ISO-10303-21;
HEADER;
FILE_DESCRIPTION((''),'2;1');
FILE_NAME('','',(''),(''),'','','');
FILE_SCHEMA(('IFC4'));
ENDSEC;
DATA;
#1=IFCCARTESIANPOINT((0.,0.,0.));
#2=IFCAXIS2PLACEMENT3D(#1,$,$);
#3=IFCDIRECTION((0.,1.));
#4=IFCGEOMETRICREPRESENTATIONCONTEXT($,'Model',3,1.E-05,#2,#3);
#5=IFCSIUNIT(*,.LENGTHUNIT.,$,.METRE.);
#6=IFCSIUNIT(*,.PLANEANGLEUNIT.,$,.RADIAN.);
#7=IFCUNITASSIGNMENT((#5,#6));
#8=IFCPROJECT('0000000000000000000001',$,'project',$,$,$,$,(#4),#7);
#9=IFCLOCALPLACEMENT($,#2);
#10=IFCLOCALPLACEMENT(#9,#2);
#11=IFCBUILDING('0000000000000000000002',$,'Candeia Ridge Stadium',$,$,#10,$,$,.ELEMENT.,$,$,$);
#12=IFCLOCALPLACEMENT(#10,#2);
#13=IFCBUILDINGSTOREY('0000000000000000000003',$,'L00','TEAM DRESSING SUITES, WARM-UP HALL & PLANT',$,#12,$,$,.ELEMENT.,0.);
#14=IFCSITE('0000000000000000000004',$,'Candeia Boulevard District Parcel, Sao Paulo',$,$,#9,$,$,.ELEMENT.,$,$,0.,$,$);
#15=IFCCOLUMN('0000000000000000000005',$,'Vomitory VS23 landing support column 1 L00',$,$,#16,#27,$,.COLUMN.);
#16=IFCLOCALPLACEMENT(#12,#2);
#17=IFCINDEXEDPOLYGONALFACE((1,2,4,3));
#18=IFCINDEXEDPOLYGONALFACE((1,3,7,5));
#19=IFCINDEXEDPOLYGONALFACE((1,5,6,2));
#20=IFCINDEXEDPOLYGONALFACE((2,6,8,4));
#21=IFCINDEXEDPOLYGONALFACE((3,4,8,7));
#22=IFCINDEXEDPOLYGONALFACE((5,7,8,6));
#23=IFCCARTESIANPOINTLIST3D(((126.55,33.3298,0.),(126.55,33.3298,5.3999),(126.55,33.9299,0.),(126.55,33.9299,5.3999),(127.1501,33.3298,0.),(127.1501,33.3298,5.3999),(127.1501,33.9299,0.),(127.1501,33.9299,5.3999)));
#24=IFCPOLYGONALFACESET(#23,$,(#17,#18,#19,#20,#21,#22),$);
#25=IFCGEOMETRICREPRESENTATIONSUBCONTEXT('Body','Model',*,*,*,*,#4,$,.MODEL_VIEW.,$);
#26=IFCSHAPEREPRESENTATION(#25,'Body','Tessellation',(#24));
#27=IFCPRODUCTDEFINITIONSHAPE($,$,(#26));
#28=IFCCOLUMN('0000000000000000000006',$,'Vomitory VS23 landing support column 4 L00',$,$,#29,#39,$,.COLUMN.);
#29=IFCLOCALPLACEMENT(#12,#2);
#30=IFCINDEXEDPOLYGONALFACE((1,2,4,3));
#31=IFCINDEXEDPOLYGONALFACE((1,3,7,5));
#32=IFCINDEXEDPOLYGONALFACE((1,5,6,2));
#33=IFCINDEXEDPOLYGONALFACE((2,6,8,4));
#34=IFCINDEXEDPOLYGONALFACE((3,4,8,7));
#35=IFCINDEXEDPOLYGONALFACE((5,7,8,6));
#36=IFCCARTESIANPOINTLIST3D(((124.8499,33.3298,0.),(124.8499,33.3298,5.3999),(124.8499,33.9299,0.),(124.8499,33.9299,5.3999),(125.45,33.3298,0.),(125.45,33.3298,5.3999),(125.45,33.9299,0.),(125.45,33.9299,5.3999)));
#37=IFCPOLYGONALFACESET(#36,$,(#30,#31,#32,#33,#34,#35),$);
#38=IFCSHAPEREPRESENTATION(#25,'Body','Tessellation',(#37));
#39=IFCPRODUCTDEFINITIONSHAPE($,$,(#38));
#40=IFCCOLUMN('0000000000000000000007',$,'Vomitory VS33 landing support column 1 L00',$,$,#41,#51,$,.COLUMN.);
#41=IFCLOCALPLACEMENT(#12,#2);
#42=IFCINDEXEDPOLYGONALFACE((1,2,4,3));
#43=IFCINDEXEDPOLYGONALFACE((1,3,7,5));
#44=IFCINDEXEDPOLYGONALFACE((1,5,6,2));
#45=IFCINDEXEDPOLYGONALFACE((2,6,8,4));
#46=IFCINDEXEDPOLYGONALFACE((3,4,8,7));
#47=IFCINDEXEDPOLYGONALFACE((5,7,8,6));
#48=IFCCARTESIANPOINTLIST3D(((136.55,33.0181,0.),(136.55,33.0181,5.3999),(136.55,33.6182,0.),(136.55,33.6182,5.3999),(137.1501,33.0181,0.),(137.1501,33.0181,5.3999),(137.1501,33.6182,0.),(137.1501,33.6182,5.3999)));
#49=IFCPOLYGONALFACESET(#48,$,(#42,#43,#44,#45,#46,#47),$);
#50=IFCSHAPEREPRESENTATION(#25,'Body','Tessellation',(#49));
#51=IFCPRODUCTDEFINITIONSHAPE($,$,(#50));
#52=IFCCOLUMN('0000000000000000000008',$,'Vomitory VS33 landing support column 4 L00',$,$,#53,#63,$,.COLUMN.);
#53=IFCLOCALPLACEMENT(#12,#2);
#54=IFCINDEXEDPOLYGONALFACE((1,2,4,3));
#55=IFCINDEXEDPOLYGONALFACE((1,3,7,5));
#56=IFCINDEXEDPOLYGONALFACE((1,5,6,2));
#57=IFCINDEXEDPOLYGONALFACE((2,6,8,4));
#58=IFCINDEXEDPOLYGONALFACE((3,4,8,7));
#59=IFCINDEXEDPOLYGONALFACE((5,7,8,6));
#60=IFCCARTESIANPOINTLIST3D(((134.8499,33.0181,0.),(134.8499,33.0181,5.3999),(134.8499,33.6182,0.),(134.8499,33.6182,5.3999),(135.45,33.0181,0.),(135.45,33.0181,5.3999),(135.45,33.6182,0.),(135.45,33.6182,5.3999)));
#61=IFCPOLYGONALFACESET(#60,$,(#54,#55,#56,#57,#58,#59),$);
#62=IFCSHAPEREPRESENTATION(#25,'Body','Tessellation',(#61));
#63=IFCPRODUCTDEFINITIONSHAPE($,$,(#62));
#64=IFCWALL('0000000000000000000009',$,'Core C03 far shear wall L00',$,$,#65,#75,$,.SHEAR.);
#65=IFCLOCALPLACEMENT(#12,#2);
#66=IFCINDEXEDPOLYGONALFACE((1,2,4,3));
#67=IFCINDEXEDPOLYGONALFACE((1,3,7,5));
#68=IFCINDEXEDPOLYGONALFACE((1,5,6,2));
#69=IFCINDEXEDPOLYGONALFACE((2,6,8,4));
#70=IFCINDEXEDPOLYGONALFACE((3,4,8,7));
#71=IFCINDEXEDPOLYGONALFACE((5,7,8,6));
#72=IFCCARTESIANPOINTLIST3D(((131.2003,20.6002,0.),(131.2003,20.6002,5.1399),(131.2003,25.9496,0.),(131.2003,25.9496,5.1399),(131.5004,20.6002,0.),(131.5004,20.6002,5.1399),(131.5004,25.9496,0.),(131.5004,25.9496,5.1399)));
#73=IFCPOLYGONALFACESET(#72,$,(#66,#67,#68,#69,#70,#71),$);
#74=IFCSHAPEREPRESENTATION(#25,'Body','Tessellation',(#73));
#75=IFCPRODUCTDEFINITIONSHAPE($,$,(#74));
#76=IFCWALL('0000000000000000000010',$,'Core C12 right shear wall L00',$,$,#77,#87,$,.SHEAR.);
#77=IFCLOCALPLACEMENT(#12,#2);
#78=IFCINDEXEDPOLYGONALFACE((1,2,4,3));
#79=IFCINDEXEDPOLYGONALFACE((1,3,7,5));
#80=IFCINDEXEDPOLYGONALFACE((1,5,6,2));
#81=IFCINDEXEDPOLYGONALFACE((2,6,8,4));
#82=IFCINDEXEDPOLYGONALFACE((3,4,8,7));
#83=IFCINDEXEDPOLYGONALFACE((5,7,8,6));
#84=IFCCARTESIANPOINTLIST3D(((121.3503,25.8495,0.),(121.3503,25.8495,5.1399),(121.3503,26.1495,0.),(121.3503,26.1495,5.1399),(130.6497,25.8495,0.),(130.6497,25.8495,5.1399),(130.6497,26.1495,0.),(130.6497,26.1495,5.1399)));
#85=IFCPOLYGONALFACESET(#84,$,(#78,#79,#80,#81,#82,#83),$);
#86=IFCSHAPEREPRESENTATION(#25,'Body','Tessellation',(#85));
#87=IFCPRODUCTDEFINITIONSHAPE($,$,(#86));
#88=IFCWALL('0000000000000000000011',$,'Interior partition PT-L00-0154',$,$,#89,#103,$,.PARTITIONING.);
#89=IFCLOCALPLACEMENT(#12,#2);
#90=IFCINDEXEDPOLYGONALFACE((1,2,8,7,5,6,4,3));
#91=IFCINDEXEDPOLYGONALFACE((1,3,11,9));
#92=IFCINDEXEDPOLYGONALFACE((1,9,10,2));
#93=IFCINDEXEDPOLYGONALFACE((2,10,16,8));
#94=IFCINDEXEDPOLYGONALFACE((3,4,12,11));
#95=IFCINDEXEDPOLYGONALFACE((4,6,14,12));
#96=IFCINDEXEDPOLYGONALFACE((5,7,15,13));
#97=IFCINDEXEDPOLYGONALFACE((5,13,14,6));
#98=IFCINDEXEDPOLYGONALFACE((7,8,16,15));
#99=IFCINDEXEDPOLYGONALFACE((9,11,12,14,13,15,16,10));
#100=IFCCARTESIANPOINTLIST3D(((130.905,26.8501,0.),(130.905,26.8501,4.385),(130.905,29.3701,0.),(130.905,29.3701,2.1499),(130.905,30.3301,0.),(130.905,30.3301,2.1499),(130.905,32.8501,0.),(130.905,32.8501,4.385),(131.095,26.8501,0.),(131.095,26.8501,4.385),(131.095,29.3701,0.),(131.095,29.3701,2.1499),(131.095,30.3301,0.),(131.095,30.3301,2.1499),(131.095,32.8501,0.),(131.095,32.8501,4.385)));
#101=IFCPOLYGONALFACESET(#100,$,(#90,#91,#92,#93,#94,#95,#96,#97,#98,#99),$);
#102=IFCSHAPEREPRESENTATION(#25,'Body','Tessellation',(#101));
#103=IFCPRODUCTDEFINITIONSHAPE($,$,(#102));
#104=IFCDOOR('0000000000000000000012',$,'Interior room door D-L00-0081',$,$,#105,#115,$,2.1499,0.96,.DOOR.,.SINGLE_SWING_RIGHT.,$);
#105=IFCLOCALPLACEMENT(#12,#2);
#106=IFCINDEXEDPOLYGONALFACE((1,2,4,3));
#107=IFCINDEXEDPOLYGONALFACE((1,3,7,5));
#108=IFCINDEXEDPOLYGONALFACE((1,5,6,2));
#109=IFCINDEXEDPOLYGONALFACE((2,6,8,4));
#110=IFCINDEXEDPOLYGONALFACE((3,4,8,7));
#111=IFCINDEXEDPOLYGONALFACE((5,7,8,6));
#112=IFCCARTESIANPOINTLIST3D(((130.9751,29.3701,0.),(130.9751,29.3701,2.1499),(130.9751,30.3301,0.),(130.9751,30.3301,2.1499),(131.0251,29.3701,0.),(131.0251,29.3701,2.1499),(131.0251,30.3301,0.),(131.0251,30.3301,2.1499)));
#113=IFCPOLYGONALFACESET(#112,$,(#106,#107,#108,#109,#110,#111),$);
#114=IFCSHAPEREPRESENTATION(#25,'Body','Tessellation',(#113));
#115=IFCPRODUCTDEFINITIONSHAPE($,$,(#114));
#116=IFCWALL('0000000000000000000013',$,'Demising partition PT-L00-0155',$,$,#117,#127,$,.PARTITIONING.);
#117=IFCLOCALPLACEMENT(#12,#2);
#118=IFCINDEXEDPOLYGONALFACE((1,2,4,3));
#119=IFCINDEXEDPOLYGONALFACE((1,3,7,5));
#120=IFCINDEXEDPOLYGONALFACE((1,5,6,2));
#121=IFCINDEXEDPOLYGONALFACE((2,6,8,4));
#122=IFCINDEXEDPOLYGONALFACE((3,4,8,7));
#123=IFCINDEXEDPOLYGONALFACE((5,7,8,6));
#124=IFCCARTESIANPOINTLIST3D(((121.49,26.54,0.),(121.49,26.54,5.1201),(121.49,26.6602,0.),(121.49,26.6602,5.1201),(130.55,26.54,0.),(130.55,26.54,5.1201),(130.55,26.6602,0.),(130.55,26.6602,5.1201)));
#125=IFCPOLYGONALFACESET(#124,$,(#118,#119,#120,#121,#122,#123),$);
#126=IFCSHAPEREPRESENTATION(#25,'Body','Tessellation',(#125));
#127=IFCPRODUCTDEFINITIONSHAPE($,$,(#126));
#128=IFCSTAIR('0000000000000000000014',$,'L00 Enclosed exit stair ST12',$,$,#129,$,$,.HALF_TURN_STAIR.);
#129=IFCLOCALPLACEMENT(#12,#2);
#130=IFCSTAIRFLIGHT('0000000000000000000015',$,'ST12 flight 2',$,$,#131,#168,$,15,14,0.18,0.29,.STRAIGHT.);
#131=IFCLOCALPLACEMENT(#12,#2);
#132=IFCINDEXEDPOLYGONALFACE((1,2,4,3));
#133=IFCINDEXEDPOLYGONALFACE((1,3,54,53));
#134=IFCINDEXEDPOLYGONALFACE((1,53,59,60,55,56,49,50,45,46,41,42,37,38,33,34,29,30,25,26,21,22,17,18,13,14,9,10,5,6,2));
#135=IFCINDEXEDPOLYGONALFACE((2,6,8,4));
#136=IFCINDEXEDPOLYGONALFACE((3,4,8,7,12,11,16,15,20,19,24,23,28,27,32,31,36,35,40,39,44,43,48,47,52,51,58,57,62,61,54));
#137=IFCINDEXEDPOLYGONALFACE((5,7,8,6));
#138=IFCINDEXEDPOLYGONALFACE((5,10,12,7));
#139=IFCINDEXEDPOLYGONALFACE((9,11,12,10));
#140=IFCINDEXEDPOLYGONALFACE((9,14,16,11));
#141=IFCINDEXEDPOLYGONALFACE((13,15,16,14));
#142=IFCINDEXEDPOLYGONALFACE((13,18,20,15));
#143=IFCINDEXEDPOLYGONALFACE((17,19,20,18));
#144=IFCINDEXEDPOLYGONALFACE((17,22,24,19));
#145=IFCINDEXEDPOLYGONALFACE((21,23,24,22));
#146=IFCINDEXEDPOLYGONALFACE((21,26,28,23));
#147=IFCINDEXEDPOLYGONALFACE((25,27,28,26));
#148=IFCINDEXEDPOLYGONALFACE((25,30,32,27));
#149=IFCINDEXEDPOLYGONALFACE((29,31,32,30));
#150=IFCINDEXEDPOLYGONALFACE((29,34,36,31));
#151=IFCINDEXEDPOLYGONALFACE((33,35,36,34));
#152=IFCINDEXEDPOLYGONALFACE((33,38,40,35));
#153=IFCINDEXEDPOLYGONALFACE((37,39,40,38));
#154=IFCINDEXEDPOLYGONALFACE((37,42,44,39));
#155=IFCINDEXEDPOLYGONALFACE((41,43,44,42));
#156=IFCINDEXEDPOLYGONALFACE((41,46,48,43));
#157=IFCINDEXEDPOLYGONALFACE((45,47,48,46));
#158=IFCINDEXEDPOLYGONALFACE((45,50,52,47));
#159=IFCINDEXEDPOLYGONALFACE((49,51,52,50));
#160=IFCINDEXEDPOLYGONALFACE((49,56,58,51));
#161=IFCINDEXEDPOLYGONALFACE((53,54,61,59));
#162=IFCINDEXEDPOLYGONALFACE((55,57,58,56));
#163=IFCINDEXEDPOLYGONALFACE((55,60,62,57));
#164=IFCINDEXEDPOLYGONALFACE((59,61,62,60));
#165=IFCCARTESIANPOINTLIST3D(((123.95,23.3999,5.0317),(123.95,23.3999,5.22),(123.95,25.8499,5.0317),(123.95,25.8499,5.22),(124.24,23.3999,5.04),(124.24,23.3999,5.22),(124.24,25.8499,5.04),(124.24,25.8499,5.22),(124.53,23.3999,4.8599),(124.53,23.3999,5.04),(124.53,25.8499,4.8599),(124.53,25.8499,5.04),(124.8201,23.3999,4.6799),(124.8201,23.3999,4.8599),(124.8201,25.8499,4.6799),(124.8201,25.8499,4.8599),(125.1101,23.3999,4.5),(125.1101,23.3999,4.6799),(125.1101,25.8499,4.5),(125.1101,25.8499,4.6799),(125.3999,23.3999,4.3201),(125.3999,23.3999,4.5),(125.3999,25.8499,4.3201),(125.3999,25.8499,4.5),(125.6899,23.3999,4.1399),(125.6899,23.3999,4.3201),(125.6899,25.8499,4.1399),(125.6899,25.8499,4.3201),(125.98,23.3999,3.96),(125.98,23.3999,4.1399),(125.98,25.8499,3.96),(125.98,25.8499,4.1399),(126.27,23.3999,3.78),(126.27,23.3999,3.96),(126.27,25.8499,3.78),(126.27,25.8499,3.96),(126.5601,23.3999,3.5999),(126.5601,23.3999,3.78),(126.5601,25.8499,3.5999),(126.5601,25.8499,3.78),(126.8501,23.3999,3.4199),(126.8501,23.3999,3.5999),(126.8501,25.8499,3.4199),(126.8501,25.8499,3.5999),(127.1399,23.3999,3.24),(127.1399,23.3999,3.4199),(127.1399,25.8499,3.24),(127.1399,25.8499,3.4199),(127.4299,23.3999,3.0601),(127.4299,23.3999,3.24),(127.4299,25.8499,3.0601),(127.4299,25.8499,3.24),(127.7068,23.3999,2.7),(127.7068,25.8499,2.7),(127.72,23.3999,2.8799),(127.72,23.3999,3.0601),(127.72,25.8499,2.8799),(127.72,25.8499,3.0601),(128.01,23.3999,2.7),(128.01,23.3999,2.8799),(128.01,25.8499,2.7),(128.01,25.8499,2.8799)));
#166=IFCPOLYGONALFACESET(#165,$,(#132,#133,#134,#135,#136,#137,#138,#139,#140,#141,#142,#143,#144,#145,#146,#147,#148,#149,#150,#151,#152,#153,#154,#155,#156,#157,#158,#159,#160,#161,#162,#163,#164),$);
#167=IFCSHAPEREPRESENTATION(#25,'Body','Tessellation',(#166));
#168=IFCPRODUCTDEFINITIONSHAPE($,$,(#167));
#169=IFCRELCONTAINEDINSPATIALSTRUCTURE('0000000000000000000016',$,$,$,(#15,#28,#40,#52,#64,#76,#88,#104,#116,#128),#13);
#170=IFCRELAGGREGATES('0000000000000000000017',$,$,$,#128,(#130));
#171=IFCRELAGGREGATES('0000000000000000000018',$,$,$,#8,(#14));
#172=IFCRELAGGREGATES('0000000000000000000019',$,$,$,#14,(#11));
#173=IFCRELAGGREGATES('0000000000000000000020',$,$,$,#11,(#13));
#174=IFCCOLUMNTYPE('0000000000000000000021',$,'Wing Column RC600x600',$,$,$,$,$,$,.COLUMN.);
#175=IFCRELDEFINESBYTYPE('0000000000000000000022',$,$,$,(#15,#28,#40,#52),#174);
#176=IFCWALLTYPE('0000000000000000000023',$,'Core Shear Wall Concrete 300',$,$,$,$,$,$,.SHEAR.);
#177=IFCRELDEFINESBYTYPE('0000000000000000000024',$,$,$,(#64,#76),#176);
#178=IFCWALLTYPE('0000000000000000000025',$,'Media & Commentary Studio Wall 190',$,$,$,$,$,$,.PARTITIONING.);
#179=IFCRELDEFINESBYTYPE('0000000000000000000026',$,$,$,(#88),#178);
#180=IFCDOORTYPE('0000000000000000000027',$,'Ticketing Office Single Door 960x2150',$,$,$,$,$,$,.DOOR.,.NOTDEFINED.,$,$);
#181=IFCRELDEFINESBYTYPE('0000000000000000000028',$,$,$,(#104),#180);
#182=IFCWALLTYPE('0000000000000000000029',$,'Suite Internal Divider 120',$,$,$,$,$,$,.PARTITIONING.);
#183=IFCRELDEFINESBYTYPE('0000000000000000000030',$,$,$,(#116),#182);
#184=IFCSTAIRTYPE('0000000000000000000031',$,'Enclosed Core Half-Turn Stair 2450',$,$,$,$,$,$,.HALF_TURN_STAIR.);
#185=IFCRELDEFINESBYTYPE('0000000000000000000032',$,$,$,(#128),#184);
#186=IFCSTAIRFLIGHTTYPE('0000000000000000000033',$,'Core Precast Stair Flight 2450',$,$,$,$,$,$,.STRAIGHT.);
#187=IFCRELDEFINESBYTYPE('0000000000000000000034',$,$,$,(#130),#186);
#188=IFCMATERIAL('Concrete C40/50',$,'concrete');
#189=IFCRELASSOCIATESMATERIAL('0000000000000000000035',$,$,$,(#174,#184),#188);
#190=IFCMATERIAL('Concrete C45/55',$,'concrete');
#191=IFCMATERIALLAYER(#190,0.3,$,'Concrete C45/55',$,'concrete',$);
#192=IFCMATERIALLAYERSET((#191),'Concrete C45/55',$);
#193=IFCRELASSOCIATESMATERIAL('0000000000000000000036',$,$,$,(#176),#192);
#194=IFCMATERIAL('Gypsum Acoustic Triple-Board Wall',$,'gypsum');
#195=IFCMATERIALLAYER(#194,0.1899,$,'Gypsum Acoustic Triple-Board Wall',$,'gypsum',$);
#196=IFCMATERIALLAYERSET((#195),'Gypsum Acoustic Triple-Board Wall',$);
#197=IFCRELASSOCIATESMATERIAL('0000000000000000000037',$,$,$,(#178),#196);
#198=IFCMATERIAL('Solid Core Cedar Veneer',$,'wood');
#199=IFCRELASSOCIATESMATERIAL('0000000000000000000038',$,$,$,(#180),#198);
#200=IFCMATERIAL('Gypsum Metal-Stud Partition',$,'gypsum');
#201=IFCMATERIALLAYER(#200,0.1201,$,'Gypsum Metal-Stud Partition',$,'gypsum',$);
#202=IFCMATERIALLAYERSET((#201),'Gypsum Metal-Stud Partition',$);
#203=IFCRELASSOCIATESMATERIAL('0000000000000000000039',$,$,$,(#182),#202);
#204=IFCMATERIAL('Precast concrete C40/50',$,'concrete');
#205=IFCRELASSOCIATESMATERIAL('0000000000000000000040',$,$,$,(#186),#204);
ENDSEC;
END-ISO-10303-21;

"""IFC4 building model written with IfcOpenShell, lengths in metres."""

from ifc_helpers import new_model, si_unit, direction, frame, frame_2d, origin, origin_2d, place, context, subcontext, project, spatial, polyline, rectangle, outline, extrude, material, layer, layer_set, material_profile, profile_set, type_object, element, fill, aggregate, save


model = new_model("IFC4")

# Units and contexts
model_context = context("Model", 3, precision=1e-05, world=origin(), true_north=direction((0.0, 1.0)))
body_context = subcontext(model_context, "Body", "Model", "MODEL_VIEW")
ifc_project = project(units=[si_unit("LENGTHUNIT", "METRE"), si_unit("PLANEANGLEUNIT", "RADIAN")], contexts=[model_context])

# Site, building, storey
site_placement = place(None, origin())
site = spatial("IfcSite", under=ifc_project, at=site_placement, Name="Candeia Boulevard District Parcel, Sao Paulo", CompositionType="ELEMENT", RefElevation=0.0)
building_placement = place(site_placement, origin())
building = spatial("IfcBuilding", under=site, at=building_placement, Name="Candeia Ridge Stadium", CompositionType="ELEMENT")
storey_placement = place(building_placement, origin())
storey = spatial("IfcBuildingStorey", under=building, at=storey_placement, Name="L00", Description="TEAM DRESSING SUITES, WARM-UP HALL & PLANT", CompositionType="ELEMENT", Elevation=0.0)

# Shared definitions
ifc_material_1 = material(Name="Concrete C40/50", Category="concrete")

# Columns
ifc_material_2 = material(Name="Concrete C45/55", Category="concrete")
ifc_material_profile_1 = material_profile(ifc_material_1, rectangle(XDim=0.6001, YDim=0.6001, at=origin_2d()), Name="RC600x600", Category="concrete")
ifc_profile_set_1 = profile_set([ifc_material_profile_1], Name="Concrete C40/50")
column_type_1 = type_object("IfcColumnType", Name="Wing Column RC600x600", PredefinedType="COLUMN", material=ifc_profile_set_1)
for number, where, z_axis, x_axis, name in (
    (1, (126.8501, 33.6299, 0.0), (0.0, 0.0, 1.0), (1.0, 0.0, 0.0), "Vomitory VS23 landing support column 1 L00"),
    (2, (125.1499, 33.6299, 0.0), (0.0, 0.0, 1.0), (1.0, 0.0, 0.0), "Vomitory VS23 landing support column 4 L00"),
    (3, (136.8501, 33.3181, 0.0), (0.0, 0.0, 1.0), (1.0, 0.0, 0.0), "Vomitory VS33 landing support column 1 L00"),
    (4, (135.1499, 33.3181, 0.0), (0.0, 0.0, 1.0), (1.0, 0.0, 0.0), "Vomitory VS33 landing support column 4 L00"),
):
    element("IfcColumn", number, at=place(storey_placement, frame(where, z_axis=z_axis, x_axis=x_axis)), inside=storey, type_object=column_type_1, Name=name, PredefinedType="COLUMN", context=body_context, shape_type="SweptSolid", body=[
        extrude(rectangle(XDim=0.6001, YDim=0.6001, at=origin_2d()), origin(), (0.0, 0.0, 1.0), 5.3999),
    ])

# Walls
ifc_layer_1 = layer(ifc_material_2, 0.3, Name="Concrete C45/55", Category="concrete")
ifc_layer_set_1 = layer_set([ifc_layer_1], Name="Concrete C45/55")
wall_type_1 = type_object("IfcWallType", Name="Core Shear Wall Concrete 300", PredefinedType="SHEAR", material=ifc_layer_set_1)
wall_1_placement = place(storey_placement, frame((131.3503, 25.9497, 0.0), z_axis=(0.0, 0.0, 1.0), x_axis=(0.0, -1.0, 0.0)))
element("IfcWall", 5, at=wall_1_placement, inside=storey, type_object=wall_type_1, Name="Core C03 far shear wall L00", PredefinedType="SHEAR", context=body_context, shape_type="SweptSolid", body=[
    extrude(rectangle(XDim=5.3494, YDim=0.3, at=frame_2d((2.6748, 0.0))), origin(), (0.0, 0.0, 1.0), 5.1399),
])
wall_2_placement = place(storey_placement, frame((130.6497, 25.9995, 0.0), z_axis=(0.0, 0.0, 1.0), x_axis=(-1.0, 0.0, 0.0)))
element("IfcWall", 6, at=wall_2_placement, inside=storey, type_object=wall_type_1, Name="Core C12 right shear wall L00", PredefinedType="SHEAR", context=body_context, shape_type="SweptSolid", body=[
    extrude(rectangle(XDim=9.2993, YDim=0.3, at=frame_2d((4.6497, 0.0))), origin(), (0.0, 0.0, 1.0), 5.1399),
])

# Wall, opening, door
ifc_material_3 = material(Name="Gypsum Acoustic Triple-Board Wall", Category="gypsum")
ifc_layer_2 = layer(ifc_material_3, 0.1899, Name="Gypsum Acoustic Triple-Board Wall", Category="gypsum")
ifc_layer_set_2 = layer_set([ifc_layer_2], Name="Gypsum Acoustic Triple-Board Wall")
wall_type_2 = type_object("IfcWallType", Name="Media & Commentary Studio Wall 190", PredefinedType="PARTITIONING", material=ifc_layer_set_2)
wall_3_placement = place(storey_placement, frame((131.0, 32.8501, 0.0), z_axis=(0.0, 0.0, 1.0), x_axis=(0.0, -1.0, 0.0)))
wall_3 = element("IfcWall", 7, at=wall_3_placement, inside=storey, type_object=wall_type_2, Name="Interior partition PT-L00-0154", PredefinedType="PARTITIONING", context=body_context, shape_type="SweptSolid", body=[
    extrude(rectangle(XDim=6.0, YDim=0.1899, at=frame_2d((3.0, 0.0))), origin(), (0.0, 0.0, 1.0), 4.385),
])
opening_placement = place(wall_3_placement, frame((2.52, 0.0, 0.0)))
opening = element("IfcOpeningElement", 8, at=opening_placement, cuts=wall_3, PredefinedType="OPENING", context=body_context, shape_type="SweptSolid", body=[
    extrude(rectangle(XDim=0.96, YDim=2.1499, at=frame_2d((0.48, 1.075))), frame((0.0, 0.105, 0.0), z_axis=(0.0, -1.0, 0.0), x_axis=(1.0, 0.0, 0.0)), (0.0, 0.0, 1.0), 0.21),
])
ifc_material_4 = material(Name="Solid Core Cedar Veneer", Category="wood")
door_type = type_object("IfcDoorType", Name="Ticketing Office Single Door 960x2150", OperationType="NOTDEFINED", PredefinedType="DOOR", material=ifc_material_4)
door_placement = place(opening_placement, frame((0.96, 0.0, 0.0), z_axis=(0.0, 0.0, 1.0), x_axis=(-1.0, 0.0, 0.0)))
door = element("IfcDoor", 9, at=door_placement, inside=storey, type_object=door_type, Name="Interior room door D-L00-0081", OperationType="SINGLE_SWING_RIGHT", OverallHeight=2.1499, OverallWidth=0.96, PredefinedType="DOOR", context=body_context, shape_type="SweptSolid", body=[
    extrude(rectangle(XDim=0.96, YDim=2.1499, at=frame_2d((0.48, 1.075))), frame((0.0, 0.0249, 0.0), z_axis=(0.0, -1.0, 0.0), x_axis=(1.0, 0.0, 0.0)), (0.0, 0.0, 1.0), 0.05),
])
fill(opening, door)

# Wall
ifc_material_5 = material(Name="Gypsum Metal-Stud Partition", Category="gypsum")
ifc_layer_3 = layer(ifc_material_5, 0.1201, Name="Gypsum Metal-Stud Partition", Category="gypsum")
ifc_layer_set_3 = layer_set([ifc_layer_3], Name="Gypsum Metal-Stud Partition")
wall_type_3 = type_object("IfcWallType", Name="Suite Internal Divider 120", PredefinedType="PARTITIONING", material=ifc_layer_set_3)
wall_4_placement = place(storey_placement, frame((130.55, 26.6001, 0.0), z_axis=(0.0, 0.0, 1.0), x_axis=(-1.0, 0.0, 0.0)))
element("IfcWall", 10, at=wall_4_placement, inside=storey, type_object=wall_type_3, Name="Demising partition PT-L00-0155", PredefinedType="PARTITIONING", context=body_context, shape_type="SweptSolid", body=[
    extrude(rectangle(XDim=9.0601, YDim=0.1201, at=frame_2d((4.53, 0.0))), origin(), (0.0, 0.0, 1.0), 5.1201),
])

# Stair, stair flight
stair_type = type_object("IfcStairType", Name="Enclosed Core Half-Turn Stair 2450", PredefinedType="HALF_TURN_STAIR", material=ifc_material_1)
stair_placement = place(storey_placement, origin())
stair = element("IfcStair", 11, at=stair_placement, inside=storey, type_object=stair_type, Name="L00 Enclosed exit stair ST12", PredefinedType="HALF_TURN_STAIR")
ifc_material_6 = material(Name="Precast concrete C40/50", Category="concrete")
stair_flight_type = type_object("IfcStairFlightType", Name="Core Precast Stair Flight 2450", PredefinedType="STRAIGHT", material=ifc_material_6)
stair_flight_placement = place(storey_placement, frame((128.01, 24.625, 2.7), z_axis=(0.0, 0.0, 1.0), x_axis=(-1.0, 0.0, 0.0)))
stair_flight = element("IfcStairFlight", 12, at=stair_flight_placement, type_object=stair_flight_type, Name="ST12 flight 2", NumberOfRisers=15, NumberOfTreads=14, PredefinedType="STRAIGHT", RiserHeight=0.18, TreadLength=0.29, context=body_context, shape_type="SweptSolid", body=[
    extrude(outline(polyline([(0.0, 0.0), (0.0, 0.1799), (0.29, 0.1799), (0.29, 0.3601), (0.5801, 0.3601), (0.5801, 0.54), (0.8701, 0.54), (0.8701, 0.72), (1.1599, 0.72), (1.1599, 0.8999), (1.45, 0.8999), (1.45, 1.0801), (1.74, 1.0801), (1.74, 1.26), (2.03, 1.26), (2.03, 1.4399), (2.3201, 1.4399), (2.3201, 1.6201), (2.6101, 1.6201), (2.6101, 1.8), (2.8999, 1.8), (2.8999, 1.98), (3.1899, 1.98), (3.1899, 2.1599), (3.48, 2.1599), (3.48, 2.3401), (3.77, 2.3401), (3.77, 2.52), (4.0601, 2.52), (4.0601, 2.7), (4.0601, 2.3318), (0.3032, 0.0), (0.0, 0.0)])), frame((0.0, 1.2251, 0.0), z_axis=(0.0, -1.0, 0.0), x_axis=(1.0, 0.0, 0.0)), (0.0, 0.0, 1.0), 2.45),
])
aggregate(stair, [stair_flight])

save(model, "model.ifc")
